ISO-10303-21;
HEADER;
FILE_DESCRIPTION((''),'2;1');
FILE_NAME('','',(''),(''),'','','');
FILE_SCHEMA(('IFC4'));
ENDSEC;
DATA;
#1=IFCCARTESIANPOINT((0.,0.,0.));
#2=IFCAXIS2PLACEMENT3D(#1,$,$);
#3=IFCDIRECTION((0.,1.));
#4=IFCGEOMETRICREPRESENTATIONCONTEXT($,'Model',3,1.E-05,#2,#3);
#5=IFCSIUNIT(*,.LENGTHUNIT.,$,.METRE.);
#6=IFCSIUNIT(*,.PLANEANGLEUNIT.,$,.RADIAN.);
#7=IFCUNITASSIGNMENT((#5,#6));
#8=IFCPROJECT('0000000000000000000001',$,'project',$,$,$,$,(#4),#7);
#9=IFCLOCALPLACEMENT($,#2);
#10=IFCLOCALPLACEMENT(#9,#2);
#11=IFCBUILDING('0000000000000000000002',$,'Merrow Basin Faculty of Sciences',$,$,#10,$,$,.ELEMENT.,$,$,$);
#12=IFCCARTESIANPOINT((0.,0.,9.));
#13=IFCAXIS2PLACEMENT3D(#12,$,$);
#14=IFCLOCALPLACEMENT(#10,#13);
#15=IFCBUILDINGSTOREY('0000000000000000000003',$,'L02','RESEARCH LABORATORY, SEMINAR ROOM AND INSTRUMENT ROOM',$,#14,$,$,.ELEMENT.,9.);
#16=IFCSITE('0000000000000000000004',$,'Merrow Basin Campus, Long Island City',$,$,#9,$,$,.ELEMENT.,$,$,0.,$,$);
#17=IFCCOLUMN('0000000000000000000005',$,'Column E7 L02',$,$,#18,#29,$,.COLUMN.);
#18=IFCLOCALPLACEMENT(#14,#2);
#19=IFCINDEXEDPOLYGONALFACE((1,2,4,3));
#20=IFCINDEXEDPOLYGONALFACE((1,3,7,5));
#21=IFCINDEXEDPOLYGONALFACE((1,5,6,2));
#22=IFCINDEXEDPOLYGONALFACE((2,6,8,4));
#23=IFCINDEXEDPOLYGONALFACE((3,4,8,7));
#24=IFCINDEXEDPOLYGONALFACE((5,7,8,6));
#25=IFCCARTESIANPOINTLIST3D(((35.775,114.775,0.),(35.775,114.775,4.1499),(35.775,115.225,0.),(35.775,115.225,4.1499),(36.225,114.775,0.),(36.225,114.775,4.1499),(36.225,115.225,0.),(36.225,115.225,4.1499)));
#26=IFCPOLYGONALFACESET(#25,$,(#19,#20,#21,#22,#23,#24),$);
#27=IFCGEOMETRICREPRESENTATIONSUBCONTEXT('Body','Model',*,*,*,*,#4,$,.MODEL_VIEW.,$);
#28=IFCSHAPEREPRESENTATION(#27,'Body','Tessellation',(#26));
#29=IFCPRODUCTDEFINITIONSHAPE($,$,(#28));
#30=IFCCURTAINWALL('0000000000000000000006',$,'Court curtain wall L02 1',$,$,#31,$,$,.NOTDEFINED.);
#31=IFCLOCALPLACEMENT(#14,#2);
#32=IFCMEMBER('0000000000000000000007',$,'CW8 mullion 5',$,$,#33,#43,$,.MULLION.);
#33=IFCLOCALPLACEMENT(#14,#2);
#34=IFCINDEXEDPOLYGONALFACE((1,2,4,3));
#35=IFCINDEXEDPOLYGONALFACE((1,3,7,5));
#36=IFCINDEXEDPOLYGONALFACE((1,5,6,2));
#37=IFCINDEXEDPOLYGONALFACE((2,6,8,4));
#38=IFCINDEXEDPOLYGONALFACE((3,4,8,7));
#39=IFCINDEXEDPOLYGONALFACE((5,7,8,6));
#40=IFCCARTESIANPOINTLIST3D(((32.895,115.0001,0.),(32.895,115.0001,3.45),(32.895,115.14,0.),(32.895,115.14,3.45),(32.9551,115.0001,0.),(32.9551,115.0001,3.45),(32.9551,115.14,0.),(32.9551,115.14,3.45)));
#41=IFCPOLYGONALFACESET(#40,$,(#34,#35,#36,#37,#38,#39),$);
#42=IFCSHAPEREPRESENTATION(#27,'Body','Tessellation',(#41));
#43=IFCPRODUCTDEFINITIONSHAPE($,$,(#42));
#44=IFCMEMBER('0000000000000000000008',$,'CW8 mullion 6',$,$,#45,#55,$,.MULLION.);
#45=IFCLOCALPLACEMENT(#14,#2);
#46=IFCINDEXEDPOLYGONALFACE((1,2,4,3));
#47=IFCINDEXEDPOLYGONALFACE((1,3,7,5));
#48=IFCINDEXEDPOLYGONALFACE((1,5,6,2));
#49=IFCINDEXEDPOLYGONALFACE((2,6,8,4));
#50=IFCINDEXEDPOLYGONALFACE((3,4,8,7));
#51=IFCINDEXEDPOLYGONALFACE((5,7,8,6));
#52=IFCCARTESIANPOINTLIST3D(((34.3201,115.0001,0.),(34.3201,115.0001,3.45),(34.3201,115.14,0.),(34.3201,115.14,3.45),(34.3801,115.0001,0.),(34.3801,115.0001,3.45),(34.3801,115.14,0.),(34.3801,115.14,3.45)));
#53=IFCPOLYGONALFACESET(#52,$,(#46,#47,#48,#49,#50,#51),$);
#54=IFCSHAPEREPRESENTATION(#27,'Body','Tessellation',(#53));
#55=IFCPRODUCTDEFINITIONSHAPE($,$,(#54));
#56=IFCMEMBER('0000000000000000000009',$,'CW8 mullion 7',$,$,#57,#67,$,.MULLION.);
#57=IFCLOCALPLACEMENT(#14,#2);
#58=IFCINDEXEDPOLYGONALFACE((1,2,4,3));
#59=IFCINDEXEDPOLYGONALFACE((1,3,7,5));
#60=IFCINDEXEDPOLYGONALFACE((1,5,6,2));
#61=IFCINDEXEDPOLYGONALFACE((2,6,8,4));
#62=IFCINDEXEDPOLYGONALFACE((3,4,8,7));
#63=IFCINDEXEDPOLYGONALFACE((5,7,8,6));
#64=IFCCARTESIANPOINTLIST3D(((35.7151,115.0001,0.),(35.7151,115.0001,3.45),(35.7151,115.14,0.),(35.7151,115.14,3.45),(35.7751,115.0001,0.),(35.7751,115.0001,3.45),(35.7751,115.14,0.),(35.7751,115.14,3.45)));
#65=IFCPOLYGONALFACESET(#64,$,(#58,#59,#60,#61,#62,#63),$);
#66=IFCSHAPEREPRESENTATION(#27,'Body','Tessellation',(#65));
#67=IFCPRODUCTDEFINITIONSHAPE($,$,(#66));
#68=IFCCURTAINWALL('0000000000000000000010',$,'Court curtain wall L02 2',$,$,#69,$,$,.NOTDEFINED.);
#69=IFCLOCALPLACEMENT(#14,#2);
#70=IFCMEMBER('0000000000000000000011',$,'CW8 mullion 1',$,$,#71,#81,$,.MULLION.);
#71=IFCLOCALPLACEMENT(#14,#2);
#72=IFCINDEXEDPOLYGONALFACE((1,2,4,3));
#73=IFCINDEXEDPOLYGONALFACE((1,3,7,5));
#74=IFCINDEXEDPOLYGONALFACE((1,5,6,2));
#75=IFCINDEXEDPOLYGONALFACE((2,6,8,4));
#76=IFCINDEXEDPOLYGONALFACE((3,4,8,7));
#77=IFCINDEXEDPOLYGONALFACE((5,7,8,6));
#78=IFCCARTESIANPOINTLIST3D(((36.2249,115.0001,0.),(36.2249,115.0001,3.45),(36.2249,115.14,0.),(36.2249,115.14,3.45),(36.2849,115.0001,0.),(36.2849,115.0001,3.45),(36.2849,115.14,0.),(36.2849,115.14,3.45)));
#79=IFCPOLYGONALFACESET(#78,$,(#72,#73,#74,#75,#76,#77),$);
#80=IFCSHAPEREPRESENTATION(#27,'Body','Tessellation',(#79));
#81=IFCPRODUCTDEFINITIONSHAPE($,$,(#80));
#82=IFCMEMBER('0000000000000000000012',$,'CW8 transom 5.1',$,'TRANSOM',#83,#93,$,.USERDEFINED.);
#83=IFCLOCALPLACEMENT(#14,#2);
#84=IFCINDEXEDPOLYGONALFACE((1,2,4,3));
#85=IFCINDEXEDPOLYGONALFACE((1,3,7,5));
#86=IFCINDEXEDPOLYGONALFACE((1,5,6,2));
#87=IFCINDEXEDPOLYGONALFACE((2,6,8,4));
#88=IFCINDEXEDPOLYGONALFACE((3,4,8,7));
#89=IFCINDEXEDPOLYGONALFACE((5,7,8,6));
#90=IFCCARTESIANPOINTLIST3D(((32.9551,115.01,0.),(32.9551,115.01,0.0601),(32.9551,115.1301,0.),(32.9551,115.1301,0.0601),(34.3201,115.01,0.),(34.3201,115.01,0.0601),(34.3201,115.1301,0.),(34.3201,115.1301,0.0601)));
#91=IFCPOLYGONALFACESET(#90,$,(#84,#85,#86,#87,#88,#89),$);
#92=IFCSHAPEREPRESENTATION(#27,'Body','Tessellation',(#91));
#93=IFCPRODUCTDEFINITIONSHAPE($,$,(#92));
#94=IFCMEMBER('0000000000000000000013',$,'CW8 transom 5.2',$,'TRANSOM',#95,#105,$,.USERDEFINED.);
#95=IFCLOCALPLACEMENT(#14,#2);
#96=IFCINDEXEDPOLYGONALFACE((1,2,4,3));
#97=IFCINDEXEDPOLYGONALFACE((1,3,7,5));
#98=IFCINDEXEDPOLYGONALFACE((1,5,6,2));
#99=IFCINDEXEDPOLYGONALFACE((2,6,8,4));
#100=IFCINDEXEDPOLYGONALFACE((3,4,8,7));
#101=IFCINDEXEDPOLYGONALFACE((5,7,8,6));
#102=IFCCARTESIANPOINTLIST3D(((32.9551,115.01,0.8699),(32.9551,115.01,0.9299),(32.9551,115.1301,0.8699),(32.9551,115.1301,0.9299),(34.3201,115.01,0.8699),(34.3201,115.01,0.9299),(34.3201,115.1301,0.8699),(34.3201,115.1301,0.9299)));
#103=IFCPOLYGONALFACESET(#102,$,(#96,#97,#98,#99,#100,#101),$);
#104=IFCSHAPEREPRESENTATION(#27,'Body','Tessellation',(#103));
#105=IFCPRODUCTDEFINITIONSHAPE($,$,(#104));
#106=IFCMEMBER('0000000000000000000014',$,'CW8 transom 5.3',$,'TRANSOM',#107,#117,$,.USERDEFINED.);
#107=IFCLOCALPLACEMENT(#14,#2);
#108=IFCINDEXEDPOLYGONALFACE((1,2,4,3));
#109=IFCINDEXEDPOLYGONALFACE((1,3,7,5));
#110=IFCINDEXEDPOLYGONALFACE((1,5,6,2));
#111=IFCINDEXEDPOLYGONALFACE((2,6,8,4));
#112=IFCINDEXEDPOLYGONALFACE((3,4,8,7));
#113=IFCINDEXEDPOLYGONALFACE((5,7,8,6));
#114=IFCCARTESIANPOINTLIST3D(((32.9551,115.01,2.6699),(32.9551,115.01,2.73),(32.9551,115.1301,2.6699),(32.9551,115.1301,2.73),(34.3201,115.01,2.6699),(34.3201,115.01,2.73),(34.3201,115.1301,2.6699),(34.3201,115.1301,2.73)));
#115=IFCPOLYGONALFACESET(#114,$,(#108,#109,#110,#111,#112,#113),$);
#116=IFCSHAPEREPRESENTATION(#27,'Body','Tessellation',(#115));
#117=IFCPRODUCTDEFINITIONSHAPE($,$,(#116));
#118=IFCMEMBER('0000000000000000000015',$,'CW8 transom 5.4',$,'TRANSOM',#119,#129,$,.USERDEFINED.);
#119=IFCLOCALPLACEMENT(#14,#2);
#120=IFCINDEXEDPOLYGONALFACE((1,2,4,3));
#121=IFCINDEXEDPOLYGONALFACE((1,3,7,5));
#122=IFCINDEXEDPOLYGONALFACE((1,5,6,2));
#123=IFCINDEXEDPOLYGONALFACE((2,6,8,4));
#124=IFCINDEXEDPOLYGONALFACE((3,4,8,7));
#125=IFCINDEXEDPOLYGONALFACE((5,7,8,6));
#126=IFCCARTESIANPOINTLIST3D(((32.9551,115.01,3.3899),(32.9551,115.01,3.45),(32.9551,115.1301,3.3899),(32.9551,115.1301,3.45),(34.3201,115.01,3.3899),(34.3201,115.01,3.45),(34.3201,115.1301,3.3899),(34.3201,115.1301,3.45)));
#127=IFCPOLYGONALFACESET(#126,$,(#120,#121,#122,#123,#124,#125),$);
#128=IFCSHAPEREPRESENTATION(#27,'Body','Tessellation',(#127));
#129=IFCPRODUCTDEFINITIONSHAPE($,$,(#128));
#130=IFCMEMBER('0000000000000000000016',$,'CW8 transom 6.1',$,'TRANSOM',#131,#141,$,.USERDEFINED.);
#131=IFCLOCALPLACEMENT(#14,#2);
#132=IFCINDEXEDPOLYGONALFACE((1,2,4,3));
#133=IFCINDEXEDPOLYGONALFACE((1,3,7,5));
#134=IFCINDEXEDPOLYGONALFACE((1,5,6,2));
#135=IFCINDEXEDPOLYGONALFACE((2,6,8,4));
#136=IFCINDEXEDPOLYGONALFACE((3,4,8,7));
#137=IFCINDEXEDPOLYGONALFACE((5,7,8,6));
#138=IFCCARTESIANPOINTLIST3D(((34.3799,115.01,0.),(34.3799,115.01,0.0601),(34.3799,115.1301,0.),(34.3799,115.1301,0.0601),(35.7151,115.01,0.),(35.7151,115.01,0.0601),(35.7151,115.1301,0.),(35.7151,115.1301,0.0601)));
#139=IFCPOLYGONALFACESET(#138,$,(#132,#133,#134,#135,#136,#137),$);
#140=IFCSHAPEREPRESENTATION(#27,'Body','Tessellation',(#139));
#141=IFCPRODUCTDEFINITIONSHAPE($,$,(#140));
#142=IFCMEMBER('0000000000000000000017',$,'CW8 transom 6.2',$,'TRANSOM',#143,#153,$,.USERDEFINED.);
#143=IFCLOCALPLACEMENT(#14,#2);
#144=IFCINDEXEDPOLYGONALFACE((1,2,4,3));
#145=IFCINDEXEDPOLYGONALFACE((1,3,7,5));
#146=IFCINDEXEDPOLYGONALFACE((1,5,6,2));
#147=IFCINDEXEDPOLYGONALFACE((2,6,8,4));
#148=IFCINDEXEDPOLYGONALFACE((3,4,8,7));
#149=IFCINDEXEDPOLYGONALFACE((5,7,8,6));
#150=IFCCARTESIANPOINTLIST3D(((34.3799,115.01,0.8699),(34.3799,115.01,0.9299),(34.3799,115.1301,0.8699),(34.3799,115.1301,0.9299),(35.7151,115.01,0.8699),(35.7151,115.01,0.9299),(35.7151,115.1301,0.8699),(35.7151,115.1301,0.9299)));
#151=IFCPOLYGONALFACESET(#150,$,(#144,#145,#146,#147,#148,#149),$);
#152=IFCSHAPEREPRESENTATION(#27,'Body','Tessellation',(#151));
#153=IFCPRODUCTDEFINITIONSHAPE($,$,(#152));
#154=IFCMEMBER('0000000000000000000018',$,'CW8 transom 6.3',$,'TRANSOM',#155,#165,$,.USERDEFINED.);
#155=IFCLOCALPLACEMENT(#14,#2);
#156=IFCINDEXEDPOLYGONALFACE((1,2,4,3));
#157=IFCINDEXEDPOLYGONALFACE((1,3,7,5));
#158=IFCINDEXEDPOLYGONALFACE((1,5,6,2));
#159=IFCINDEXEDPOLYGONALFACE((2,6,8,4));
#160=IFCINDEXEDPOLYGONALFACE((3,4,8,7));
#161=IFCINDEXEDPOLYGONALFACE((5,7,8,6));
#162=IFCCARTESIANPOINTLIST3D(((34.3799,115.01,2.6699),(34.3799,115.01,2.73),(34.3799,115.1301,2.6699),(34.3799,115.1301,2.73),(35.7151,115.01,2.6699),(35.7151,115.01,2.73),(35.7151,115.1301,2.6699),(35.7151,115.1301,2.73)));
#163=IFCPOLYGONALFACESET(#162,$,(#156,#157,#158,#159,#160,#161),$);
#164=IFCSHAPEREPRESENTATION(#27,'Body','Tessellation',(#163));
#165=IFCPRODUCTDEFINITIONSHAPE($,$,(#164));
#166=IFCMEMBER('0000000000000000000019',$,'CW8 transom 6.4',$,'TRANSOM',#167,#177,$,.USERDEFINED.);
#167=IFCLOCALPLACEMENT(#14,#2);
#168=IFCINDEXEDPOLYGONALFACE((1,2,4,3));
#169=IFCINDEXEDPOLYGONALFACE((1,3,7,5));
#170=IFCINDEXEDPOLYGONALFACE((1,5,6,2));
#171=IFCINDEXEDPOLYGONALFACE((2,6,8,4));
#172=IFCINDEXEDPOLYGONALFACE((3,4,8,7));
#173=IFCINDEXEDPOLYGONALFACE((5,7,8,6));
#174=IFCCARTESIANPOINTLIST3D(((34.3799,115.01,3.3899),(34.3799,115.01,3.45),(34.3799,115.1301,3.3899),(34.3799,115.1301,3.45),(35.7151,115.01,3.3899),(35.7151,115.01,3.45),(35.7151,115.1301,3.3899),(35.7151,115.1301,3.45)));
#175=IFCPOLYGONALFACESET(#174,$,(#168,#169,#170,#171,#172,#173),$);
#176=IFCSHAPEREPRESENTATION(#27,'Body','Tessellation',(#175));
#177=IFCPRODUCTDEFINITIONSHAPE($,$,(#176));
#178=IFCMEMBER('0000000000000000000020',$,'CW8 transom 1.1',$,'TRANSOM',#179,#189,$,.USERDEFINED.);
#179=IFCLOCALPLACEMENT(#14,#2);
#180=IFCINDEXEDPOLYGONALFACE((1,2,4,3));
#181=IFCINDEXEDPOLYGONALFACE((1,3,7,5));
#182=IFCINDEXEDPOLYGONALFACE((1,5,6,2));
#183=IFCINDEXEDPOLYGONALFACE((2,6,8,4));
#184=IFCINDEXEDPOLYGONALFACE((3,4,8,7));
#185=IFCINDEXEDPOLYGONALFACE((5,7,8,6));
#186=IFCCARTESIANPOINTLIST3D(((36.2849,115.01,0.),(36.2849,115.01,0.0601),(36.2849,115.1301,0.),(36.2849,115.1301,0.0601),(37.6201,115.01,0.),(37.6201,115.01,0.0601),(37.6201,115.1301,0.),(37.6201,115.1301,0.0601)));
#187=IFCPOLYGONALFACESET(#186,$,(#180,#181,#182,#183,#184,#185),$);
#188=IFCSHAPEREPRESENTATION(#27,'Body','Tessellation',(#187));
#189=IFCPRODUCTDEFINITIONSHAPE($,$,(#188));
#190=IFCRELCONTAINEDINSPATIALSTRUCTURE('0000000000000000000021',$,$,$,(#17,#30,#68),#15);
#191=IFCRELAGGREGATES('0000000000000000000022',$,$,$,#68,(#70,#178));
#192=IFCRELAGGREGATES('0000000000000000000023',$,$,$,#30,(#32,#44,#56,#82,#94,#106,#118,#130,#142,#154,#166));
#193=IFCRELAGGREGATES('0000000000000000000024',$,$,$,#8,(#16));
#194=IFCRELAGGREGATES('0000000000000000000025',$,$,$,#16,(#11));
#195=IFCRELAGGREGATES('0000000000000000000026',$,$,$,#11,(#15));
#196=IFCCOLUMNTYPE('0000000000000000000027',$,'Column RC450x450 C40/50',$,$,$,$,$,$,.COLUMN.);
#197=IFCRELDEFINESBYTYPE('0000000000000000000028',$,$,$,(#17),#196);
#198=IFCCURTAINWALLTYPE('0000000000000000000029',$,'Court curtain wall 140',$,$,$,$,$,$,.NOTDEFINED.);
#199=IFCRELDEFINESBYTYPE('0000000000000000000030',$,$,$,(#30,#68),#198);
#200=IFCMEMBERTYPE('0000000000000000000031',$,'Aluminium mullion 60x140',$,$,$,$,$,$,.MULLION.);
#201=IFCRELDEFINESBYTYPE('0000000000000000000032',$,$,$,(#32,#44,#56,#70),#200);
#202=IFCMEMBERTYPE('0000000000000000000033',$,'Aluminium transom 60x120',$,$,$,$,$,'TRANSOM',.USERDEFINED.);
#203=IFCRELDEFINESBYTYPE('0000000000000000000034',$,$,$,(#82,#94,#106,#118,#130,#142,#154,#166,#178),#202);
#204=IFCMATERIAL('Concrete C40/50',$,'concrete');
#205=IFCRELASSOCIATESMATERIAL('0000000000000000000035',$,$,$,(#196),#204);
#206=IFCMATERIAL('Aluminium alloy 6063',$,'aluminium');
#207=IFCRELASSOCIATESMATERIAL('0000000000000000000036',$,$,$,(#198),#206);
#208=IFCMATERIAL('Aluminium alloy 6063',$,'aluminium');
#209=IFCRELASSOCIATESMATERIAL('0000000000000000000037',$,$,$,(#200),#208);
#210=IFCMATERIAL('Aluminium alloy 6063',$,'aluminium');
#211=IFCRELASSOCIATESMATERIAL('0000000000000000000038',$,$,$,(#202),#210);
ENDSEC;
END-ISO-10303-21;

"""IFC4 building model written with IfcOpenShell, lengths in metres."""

from ifc_helpers import new_model, si_unit, direction, frame, origin, origin_2d, place, context, subcontext, project, spatial, rectangle, extrude, material, material_profile, profile_set, type_object, element, aggregate, save


model = new_model("IFC4")

# Units and contexts
model_context = context("Model", 3, precision=1e-05, world=origin(), true_north=direction((0.0, 1.0)))
body_context = subcontext(model_context, "Body", "Model", "MODEL_VIEW")
ifc_project = project(units=[si_unit("LENGTHUNIT", "METRE"), si_unit("PLANEANGLEUNIT", "RADIAN")], contexts=[model_context])

# Site, building, storey
site_placement = place(None, origin())
site = spatial("IfcSite", under=ifc_project, at=site_placement, Name="Merrow Basin Campus, Long Island City", CompositionType="ELEMENT", RefElevation=0.0)
building_placement = place(site_placement, origin())
building = spatial("IfcBuilding", under=site, at=building_placement, Name="Merrow Basin Faculty of Sciences", CompositionType="ELEMENT")
storey_placement = place(building_placement, frame((0.0, 0.0, 9.0)))
storey = spatial("IfcBuildingStorey", under=building, at=storey_placement, Name="L02", Description="RESEARCH LABORATORY, SEMINAR ROOM AND INSTRUMENT ROOM", CompositionType="ELEMENT", Elevation=9.0)

# Column
ifc_material_1 = material(Name="Concrete C40/50", Category="concrete")
ifc_material_profile_1 = material_profile(ifc_material_1, rectangle(XDim=0.45, YDim=0.45, at=origin_2d()))
ifc_profile_set_1 = profile_set([ifc_material_profile_1], Name="Concrete C40/50")
column_type = type_object("IfcColumnType", Name="Column RC450x450 C40/50", PredefinedType="COLUMN", material=ifc_profile_set_1)
column_placement = place(storey_placement, frame((36.0, 115.0, 0.0), z_axis=(0.0, 0.0, 1.0), x_axis=(1.0, 0.0, 0.0)))
element("IfcColumn", 1, at=column_placement, inside=storey, type_object=column_type, Name="Column E7 L02", PredefinedType="COLUMN", context=body_context, shape_type="SweptSolid", body=[
    extrude(rectangle(XDim=0.45, YDim=0.45, at=origin_2d()), origin(), (0.0, 0.0, 1.0), 4.1499),
])

# Curtain wall, members
ifc_material_2 = material(Name="Aluminium alloy 6063", Category="aluminium")
curtain_wall_type = type_object("IfcCurtainWallType", Name="Court curtain wall 140", PredefinedType="NOTDEFINED", material=ifc_material_2)
curtain_wall_1_placement = place(storey_placement, origin())
curtain_wall_1 = element("IfcCurtainWall", 2, at=curtain_wall_1_placement, inside=storey, type_object=curtain_wall_type, Name="Court curtain wall L02 1", PredefinedType="NOTDEFINED")
ifc_material_3 = material(Name="Aluminium alloy 6063", Category="aluminium")
ifc_material_profile_2 = material_profile(ifc_material_3, rectangle(XDim=0.1399, YDim=0.0601, at=origin_2d()))
ifc_profile_set_2 = profile_set([ifc_material_profile_2], Name="Aluminium alloy 6063")
member_type_1 = type_object("IfcMemberType", Name="Aluminium mullion 60x140", PredefinedType="MULLION", material=ifc_profile_set_2)
member_1_placement = place(storey_placement, frame((32.925, 115.0701, 0.0), z_axis=(0.0, 0.0, 1.0), x_axis=(0.0, 1.0, 0.0)))
member_1 = element("IfcMember", 3, at=member_1_placement, type_object=member_type_1, Name="CW8 mullion 5", PredefinedType="MULLION", context=body_context, shape_type="SweptSolid", body=[
    extrude(rectangle(XDim=0.1399, YDim=0.0601, at=origin_2d()), origin(), (0.0, 0.0, 1.0), 3.45),
])
member_2_placement = place(storey_placement, frame((34.3501, 115.0701, 0.0), z_axis=(0.0, 0.0, 1.0), x_axis=(0.0, 1.0, 0.0)))
member_2 = element("IfcMember", 4, at=member_2_placement, type_object=member_type_1, Name="CW8 mullion 6", PredefinedType="MULLION", context=body_context, shape_type="SweptSolid", body=[
    extrude(rectangle(XDim=0.1399, YDim=0.0601, at=origin_2d()), origin(), (0.0, 0.0, 1.0), 3.45),
])
member_3_placement = place(storey_placement, frame((35.7451, 115.0701, 0.0), z_axis=(0.0, 0.0, 1.0), x_axis=(0.0, 1.0, 0.0)))
member_3 = element("IfcMember", 5, at=member_3_placement, type_object=member_type_1, Name="CW8 mullion 7", PredefinedType="MULLION", context=body_context, shape_type="SweptSolid", body=[
    extrude(rectangle(XDim=0.1399, YDim=0.0601, at=origin_2d()), origin(), (0.0, 0.0, 1.0), 3.45),
])

# Curtain wall, member
curtain_wall_2_placement = place(storey_placement, origin())
curtain_wall_2 = element("IfcCurtainWall", 6, at=curtain_wall_2_placement, inside=storey, type_object=curtain_wall_type, Name="Court curtain wall L02 2", PredefinedType="NOTDEFINED")
member_4_placement = place(storey_placement, frame((36.2549, 115.0701, 0.0), z_axis=(0.0, 0.0, 1.0), x_axis=(0.0, 1.0, 0.0)))
member_4 = element("IfcMember", 7, at=member_4_placement, type_object=member_type_1, Name="CW8 mullion 1", PredefinedType="MULLION", context=body_context, shape_type="SweptSolid", body=[
    extrude(rectangle(XDim=0.1399, YDim=0.0601, at=origin_2d()), origin(), (0.0, 0.0, 1.0), 3.45),
])

# Members
ifc_material_4 = material(Name="Aluminium alloy 6063", Category="aluminium")
ifc_material_profile_3 = material_profile(ifc_material_4, rectangle(XDim=0.1201, YDim=0.0601, at=origin_2d()))
ifc_profile_set_3 = profile_set([ifc_material_profile_3], Name="Aluminium alloy 6063")
member_type_2 = type_object("IfcMemberType", Name="Aluminium transom 60x120", ElementType="TRANSOM", PredefinedType="USERDEFINED", material=ifc_profile_set_3)
member_5_placement = place(storey_placement, frame((32.9551, 115.0701, 0.03), z_axis=(1.0, 0.0, 0.0), x_axis=(0.0, 1.0, 0.0)))
member_5 = element("IfcMember", 8, at=member_5_placement, type_object=member_type_2, Name="CW8 transom 5.1", ObjectType="TRANSOM", PredefinedType="USERDEFINED", context=body_context, shape_type="SweptSolid", body=[
    extrude(rectangle(XDim=0.1201, YDim=0.0601, at=origin_2d()), origin(), (0.0, 0.0, 1.0), 1.365),
])
member_6_placement = place(storey_placement, frame((32.9551, 115.0701, 0.8999), z_axis=(1.0, 0.0, 0.0), x_axis=(0.0, 1.0, 0.0)))
member_6 = element("IfcMember", 9, at=member_6_placement, type_object=member_type_2, Name="CW8 transom 5.2", ObjectType="TRANSOM", PredefinedType="USERDEFINED", context=body_context, shape_type="SweptSolid", body=[
    extrude(rectangle(XDim=0.1201, YDim=0.0601, at=origin_2d()), origin(), (0.0, 0.0, 1.0), 1.365),
])
member_7_placement = place(storey_placement, frame((32.9551, 115.0701, 2.7), z_axis=(1.0, 0.0, 0.0), x_axis=(0.0, 1.0, 0.0)))
member_7 = element("IfcMember", 10, at=member_7_placement, type_object=member_type_2, Name="CW8 transom 5.3", ObjectType="TRANSOM", PredefinedType="USERDEFINED", context=body_context, shape_type="SweptSolid", body=[
    extrude(rectangle(XDim=0.1201, YDim=0.0601, at=origin_2d()), origin(), (0.0, 0.0, 1.0), 1.365),
])
member_8_placement = place(storey_placement, frame((32.9551, 115.0701, 3.4199), z_axis=(1.0, 0.0, 0.0), x_axis=(0.0, 1.0, 0.0)))
member_8 = element("IfcMember", 11, at=member_8_placement, type_object=member_type_2, Name="CW8 transom 5.4", ObjectType="TRANSOM", PredefinedType="USERDEFINED", context=body_context, shape_type="SweptSolid", body=[
    extrude(rectangle(XDim=0.1201, YDim=0.0601, at=origin_2d()), origin(), (0.0, 0.0, 1.0), 1.365),
])
member_9_placement = place(storey_placement, frame((34.3799, 115.0701, 0.03), z_axis=(1.0, 0.0, 0.0), x_axis=(0.0, 1.0, 0.0)))
member_9 = element("IfcMember", 12, at=member_9_placement, type_object=member_type_2, Name="CW8 transom 6.1", ObjectType="TRANSOM", PredefinedType="USERDEFINED", context=body_context, shape_type="SweptSolid", body=[
    extrude(rectangle(XDim=0.1201, YDim=0.0601, at=origin_2d()), origin(), (0.0, 0.0, 1.0), 1.3352),
])
member_10_placement = place(storey_placement, frame((34.3799, 115.0701, 0.8999), z_axis=(1.0, 0.0, 0.0), x_axis=(0.0, 1.0, 0.0)))
member_10 = element("IfcMember", 13, at=member_10_placement, type_object=member_type_2, Name="CW8 transom 6.2", ObjectType="TRANSOM", PredefinedType="USERDEFINED", context=body_context, shape_type="SweptSolid", body=[
    extrude(rectangle(XDim=0.1201, YDim=0.0601, at=origin_2d()), origin(), (0.0, 0.0, 1.0), 1.3352),
])
member_11_placement = place(storey_placement, frame((34.3799, 115.0701, 2.7), z_axis=(1.0, 0.0, 0.0), x_axis=(0.0, 1.0, 0.0)))
member_11 = element("IfcMember", 14, at=member_11_placement, type_object=member_type_2, Name="CW8 transom 6.3", ObjectType="TRANSOM", PredefinedType="USERDEFINED", context=body_context, shape_type="SweptSolid", body=[
    extrude(rectangle(XDim=0.1201, YDim=0.0601, at=origin_2d()), origin(), (0.0, 0.0, 1.0), 1.3352),
])
member_12_placement = place(storey_placement, frame((34.3799, 115.0701, 3.4199), z_axis=(1.0, 0.0, 0.0), x_axis=(0.0, 1.0, 0.0)))
member_12 = element("IfcMember", 15, at=member_12_placement, type_object=member_type_2, Name="CW8 transom 6.4", ObjectType="TRANSOM", PredefinedType="USERDEFINED", context=body_context, shape_type="SweptSolid", body=[
    extrude(rectangle(XDim=0.1201, YDim=0.0601, at=origin_2d()), origin(), (0.0, 0.0, 1.0), 1.3352),
])
member_13_placement = place(storey_placement, frame((36.2849, 115.0701, 0.03), z_axis=(1.0, 0.0, 0.0), x_axis=(0.0, 1.0, 0.0)))
member_13 = element("IfcMember", 16, at=member_13_placement, type_object=member_type_2, Name="CW8 transom 1.1", ObjectType="TRANSOM", PredefinedType="USERDEFINED", context=body_context, shape_type="SweptSolid", body=[
    extrude(rectangle(XDim=0.1201, YDim=0.0601, at=origin_2d()), origin(), (0.0, 0.0, 1.0), 1.3352),
])
aggregate(curtain_wall_2, [member_4, member_13])

aggregate(curtain_wall_1, [member_1, member_2, member_3, member_5, member_6, member_7, member_8, member_9, member_10, member_11, member_12])

save(model, "model.ifc")
